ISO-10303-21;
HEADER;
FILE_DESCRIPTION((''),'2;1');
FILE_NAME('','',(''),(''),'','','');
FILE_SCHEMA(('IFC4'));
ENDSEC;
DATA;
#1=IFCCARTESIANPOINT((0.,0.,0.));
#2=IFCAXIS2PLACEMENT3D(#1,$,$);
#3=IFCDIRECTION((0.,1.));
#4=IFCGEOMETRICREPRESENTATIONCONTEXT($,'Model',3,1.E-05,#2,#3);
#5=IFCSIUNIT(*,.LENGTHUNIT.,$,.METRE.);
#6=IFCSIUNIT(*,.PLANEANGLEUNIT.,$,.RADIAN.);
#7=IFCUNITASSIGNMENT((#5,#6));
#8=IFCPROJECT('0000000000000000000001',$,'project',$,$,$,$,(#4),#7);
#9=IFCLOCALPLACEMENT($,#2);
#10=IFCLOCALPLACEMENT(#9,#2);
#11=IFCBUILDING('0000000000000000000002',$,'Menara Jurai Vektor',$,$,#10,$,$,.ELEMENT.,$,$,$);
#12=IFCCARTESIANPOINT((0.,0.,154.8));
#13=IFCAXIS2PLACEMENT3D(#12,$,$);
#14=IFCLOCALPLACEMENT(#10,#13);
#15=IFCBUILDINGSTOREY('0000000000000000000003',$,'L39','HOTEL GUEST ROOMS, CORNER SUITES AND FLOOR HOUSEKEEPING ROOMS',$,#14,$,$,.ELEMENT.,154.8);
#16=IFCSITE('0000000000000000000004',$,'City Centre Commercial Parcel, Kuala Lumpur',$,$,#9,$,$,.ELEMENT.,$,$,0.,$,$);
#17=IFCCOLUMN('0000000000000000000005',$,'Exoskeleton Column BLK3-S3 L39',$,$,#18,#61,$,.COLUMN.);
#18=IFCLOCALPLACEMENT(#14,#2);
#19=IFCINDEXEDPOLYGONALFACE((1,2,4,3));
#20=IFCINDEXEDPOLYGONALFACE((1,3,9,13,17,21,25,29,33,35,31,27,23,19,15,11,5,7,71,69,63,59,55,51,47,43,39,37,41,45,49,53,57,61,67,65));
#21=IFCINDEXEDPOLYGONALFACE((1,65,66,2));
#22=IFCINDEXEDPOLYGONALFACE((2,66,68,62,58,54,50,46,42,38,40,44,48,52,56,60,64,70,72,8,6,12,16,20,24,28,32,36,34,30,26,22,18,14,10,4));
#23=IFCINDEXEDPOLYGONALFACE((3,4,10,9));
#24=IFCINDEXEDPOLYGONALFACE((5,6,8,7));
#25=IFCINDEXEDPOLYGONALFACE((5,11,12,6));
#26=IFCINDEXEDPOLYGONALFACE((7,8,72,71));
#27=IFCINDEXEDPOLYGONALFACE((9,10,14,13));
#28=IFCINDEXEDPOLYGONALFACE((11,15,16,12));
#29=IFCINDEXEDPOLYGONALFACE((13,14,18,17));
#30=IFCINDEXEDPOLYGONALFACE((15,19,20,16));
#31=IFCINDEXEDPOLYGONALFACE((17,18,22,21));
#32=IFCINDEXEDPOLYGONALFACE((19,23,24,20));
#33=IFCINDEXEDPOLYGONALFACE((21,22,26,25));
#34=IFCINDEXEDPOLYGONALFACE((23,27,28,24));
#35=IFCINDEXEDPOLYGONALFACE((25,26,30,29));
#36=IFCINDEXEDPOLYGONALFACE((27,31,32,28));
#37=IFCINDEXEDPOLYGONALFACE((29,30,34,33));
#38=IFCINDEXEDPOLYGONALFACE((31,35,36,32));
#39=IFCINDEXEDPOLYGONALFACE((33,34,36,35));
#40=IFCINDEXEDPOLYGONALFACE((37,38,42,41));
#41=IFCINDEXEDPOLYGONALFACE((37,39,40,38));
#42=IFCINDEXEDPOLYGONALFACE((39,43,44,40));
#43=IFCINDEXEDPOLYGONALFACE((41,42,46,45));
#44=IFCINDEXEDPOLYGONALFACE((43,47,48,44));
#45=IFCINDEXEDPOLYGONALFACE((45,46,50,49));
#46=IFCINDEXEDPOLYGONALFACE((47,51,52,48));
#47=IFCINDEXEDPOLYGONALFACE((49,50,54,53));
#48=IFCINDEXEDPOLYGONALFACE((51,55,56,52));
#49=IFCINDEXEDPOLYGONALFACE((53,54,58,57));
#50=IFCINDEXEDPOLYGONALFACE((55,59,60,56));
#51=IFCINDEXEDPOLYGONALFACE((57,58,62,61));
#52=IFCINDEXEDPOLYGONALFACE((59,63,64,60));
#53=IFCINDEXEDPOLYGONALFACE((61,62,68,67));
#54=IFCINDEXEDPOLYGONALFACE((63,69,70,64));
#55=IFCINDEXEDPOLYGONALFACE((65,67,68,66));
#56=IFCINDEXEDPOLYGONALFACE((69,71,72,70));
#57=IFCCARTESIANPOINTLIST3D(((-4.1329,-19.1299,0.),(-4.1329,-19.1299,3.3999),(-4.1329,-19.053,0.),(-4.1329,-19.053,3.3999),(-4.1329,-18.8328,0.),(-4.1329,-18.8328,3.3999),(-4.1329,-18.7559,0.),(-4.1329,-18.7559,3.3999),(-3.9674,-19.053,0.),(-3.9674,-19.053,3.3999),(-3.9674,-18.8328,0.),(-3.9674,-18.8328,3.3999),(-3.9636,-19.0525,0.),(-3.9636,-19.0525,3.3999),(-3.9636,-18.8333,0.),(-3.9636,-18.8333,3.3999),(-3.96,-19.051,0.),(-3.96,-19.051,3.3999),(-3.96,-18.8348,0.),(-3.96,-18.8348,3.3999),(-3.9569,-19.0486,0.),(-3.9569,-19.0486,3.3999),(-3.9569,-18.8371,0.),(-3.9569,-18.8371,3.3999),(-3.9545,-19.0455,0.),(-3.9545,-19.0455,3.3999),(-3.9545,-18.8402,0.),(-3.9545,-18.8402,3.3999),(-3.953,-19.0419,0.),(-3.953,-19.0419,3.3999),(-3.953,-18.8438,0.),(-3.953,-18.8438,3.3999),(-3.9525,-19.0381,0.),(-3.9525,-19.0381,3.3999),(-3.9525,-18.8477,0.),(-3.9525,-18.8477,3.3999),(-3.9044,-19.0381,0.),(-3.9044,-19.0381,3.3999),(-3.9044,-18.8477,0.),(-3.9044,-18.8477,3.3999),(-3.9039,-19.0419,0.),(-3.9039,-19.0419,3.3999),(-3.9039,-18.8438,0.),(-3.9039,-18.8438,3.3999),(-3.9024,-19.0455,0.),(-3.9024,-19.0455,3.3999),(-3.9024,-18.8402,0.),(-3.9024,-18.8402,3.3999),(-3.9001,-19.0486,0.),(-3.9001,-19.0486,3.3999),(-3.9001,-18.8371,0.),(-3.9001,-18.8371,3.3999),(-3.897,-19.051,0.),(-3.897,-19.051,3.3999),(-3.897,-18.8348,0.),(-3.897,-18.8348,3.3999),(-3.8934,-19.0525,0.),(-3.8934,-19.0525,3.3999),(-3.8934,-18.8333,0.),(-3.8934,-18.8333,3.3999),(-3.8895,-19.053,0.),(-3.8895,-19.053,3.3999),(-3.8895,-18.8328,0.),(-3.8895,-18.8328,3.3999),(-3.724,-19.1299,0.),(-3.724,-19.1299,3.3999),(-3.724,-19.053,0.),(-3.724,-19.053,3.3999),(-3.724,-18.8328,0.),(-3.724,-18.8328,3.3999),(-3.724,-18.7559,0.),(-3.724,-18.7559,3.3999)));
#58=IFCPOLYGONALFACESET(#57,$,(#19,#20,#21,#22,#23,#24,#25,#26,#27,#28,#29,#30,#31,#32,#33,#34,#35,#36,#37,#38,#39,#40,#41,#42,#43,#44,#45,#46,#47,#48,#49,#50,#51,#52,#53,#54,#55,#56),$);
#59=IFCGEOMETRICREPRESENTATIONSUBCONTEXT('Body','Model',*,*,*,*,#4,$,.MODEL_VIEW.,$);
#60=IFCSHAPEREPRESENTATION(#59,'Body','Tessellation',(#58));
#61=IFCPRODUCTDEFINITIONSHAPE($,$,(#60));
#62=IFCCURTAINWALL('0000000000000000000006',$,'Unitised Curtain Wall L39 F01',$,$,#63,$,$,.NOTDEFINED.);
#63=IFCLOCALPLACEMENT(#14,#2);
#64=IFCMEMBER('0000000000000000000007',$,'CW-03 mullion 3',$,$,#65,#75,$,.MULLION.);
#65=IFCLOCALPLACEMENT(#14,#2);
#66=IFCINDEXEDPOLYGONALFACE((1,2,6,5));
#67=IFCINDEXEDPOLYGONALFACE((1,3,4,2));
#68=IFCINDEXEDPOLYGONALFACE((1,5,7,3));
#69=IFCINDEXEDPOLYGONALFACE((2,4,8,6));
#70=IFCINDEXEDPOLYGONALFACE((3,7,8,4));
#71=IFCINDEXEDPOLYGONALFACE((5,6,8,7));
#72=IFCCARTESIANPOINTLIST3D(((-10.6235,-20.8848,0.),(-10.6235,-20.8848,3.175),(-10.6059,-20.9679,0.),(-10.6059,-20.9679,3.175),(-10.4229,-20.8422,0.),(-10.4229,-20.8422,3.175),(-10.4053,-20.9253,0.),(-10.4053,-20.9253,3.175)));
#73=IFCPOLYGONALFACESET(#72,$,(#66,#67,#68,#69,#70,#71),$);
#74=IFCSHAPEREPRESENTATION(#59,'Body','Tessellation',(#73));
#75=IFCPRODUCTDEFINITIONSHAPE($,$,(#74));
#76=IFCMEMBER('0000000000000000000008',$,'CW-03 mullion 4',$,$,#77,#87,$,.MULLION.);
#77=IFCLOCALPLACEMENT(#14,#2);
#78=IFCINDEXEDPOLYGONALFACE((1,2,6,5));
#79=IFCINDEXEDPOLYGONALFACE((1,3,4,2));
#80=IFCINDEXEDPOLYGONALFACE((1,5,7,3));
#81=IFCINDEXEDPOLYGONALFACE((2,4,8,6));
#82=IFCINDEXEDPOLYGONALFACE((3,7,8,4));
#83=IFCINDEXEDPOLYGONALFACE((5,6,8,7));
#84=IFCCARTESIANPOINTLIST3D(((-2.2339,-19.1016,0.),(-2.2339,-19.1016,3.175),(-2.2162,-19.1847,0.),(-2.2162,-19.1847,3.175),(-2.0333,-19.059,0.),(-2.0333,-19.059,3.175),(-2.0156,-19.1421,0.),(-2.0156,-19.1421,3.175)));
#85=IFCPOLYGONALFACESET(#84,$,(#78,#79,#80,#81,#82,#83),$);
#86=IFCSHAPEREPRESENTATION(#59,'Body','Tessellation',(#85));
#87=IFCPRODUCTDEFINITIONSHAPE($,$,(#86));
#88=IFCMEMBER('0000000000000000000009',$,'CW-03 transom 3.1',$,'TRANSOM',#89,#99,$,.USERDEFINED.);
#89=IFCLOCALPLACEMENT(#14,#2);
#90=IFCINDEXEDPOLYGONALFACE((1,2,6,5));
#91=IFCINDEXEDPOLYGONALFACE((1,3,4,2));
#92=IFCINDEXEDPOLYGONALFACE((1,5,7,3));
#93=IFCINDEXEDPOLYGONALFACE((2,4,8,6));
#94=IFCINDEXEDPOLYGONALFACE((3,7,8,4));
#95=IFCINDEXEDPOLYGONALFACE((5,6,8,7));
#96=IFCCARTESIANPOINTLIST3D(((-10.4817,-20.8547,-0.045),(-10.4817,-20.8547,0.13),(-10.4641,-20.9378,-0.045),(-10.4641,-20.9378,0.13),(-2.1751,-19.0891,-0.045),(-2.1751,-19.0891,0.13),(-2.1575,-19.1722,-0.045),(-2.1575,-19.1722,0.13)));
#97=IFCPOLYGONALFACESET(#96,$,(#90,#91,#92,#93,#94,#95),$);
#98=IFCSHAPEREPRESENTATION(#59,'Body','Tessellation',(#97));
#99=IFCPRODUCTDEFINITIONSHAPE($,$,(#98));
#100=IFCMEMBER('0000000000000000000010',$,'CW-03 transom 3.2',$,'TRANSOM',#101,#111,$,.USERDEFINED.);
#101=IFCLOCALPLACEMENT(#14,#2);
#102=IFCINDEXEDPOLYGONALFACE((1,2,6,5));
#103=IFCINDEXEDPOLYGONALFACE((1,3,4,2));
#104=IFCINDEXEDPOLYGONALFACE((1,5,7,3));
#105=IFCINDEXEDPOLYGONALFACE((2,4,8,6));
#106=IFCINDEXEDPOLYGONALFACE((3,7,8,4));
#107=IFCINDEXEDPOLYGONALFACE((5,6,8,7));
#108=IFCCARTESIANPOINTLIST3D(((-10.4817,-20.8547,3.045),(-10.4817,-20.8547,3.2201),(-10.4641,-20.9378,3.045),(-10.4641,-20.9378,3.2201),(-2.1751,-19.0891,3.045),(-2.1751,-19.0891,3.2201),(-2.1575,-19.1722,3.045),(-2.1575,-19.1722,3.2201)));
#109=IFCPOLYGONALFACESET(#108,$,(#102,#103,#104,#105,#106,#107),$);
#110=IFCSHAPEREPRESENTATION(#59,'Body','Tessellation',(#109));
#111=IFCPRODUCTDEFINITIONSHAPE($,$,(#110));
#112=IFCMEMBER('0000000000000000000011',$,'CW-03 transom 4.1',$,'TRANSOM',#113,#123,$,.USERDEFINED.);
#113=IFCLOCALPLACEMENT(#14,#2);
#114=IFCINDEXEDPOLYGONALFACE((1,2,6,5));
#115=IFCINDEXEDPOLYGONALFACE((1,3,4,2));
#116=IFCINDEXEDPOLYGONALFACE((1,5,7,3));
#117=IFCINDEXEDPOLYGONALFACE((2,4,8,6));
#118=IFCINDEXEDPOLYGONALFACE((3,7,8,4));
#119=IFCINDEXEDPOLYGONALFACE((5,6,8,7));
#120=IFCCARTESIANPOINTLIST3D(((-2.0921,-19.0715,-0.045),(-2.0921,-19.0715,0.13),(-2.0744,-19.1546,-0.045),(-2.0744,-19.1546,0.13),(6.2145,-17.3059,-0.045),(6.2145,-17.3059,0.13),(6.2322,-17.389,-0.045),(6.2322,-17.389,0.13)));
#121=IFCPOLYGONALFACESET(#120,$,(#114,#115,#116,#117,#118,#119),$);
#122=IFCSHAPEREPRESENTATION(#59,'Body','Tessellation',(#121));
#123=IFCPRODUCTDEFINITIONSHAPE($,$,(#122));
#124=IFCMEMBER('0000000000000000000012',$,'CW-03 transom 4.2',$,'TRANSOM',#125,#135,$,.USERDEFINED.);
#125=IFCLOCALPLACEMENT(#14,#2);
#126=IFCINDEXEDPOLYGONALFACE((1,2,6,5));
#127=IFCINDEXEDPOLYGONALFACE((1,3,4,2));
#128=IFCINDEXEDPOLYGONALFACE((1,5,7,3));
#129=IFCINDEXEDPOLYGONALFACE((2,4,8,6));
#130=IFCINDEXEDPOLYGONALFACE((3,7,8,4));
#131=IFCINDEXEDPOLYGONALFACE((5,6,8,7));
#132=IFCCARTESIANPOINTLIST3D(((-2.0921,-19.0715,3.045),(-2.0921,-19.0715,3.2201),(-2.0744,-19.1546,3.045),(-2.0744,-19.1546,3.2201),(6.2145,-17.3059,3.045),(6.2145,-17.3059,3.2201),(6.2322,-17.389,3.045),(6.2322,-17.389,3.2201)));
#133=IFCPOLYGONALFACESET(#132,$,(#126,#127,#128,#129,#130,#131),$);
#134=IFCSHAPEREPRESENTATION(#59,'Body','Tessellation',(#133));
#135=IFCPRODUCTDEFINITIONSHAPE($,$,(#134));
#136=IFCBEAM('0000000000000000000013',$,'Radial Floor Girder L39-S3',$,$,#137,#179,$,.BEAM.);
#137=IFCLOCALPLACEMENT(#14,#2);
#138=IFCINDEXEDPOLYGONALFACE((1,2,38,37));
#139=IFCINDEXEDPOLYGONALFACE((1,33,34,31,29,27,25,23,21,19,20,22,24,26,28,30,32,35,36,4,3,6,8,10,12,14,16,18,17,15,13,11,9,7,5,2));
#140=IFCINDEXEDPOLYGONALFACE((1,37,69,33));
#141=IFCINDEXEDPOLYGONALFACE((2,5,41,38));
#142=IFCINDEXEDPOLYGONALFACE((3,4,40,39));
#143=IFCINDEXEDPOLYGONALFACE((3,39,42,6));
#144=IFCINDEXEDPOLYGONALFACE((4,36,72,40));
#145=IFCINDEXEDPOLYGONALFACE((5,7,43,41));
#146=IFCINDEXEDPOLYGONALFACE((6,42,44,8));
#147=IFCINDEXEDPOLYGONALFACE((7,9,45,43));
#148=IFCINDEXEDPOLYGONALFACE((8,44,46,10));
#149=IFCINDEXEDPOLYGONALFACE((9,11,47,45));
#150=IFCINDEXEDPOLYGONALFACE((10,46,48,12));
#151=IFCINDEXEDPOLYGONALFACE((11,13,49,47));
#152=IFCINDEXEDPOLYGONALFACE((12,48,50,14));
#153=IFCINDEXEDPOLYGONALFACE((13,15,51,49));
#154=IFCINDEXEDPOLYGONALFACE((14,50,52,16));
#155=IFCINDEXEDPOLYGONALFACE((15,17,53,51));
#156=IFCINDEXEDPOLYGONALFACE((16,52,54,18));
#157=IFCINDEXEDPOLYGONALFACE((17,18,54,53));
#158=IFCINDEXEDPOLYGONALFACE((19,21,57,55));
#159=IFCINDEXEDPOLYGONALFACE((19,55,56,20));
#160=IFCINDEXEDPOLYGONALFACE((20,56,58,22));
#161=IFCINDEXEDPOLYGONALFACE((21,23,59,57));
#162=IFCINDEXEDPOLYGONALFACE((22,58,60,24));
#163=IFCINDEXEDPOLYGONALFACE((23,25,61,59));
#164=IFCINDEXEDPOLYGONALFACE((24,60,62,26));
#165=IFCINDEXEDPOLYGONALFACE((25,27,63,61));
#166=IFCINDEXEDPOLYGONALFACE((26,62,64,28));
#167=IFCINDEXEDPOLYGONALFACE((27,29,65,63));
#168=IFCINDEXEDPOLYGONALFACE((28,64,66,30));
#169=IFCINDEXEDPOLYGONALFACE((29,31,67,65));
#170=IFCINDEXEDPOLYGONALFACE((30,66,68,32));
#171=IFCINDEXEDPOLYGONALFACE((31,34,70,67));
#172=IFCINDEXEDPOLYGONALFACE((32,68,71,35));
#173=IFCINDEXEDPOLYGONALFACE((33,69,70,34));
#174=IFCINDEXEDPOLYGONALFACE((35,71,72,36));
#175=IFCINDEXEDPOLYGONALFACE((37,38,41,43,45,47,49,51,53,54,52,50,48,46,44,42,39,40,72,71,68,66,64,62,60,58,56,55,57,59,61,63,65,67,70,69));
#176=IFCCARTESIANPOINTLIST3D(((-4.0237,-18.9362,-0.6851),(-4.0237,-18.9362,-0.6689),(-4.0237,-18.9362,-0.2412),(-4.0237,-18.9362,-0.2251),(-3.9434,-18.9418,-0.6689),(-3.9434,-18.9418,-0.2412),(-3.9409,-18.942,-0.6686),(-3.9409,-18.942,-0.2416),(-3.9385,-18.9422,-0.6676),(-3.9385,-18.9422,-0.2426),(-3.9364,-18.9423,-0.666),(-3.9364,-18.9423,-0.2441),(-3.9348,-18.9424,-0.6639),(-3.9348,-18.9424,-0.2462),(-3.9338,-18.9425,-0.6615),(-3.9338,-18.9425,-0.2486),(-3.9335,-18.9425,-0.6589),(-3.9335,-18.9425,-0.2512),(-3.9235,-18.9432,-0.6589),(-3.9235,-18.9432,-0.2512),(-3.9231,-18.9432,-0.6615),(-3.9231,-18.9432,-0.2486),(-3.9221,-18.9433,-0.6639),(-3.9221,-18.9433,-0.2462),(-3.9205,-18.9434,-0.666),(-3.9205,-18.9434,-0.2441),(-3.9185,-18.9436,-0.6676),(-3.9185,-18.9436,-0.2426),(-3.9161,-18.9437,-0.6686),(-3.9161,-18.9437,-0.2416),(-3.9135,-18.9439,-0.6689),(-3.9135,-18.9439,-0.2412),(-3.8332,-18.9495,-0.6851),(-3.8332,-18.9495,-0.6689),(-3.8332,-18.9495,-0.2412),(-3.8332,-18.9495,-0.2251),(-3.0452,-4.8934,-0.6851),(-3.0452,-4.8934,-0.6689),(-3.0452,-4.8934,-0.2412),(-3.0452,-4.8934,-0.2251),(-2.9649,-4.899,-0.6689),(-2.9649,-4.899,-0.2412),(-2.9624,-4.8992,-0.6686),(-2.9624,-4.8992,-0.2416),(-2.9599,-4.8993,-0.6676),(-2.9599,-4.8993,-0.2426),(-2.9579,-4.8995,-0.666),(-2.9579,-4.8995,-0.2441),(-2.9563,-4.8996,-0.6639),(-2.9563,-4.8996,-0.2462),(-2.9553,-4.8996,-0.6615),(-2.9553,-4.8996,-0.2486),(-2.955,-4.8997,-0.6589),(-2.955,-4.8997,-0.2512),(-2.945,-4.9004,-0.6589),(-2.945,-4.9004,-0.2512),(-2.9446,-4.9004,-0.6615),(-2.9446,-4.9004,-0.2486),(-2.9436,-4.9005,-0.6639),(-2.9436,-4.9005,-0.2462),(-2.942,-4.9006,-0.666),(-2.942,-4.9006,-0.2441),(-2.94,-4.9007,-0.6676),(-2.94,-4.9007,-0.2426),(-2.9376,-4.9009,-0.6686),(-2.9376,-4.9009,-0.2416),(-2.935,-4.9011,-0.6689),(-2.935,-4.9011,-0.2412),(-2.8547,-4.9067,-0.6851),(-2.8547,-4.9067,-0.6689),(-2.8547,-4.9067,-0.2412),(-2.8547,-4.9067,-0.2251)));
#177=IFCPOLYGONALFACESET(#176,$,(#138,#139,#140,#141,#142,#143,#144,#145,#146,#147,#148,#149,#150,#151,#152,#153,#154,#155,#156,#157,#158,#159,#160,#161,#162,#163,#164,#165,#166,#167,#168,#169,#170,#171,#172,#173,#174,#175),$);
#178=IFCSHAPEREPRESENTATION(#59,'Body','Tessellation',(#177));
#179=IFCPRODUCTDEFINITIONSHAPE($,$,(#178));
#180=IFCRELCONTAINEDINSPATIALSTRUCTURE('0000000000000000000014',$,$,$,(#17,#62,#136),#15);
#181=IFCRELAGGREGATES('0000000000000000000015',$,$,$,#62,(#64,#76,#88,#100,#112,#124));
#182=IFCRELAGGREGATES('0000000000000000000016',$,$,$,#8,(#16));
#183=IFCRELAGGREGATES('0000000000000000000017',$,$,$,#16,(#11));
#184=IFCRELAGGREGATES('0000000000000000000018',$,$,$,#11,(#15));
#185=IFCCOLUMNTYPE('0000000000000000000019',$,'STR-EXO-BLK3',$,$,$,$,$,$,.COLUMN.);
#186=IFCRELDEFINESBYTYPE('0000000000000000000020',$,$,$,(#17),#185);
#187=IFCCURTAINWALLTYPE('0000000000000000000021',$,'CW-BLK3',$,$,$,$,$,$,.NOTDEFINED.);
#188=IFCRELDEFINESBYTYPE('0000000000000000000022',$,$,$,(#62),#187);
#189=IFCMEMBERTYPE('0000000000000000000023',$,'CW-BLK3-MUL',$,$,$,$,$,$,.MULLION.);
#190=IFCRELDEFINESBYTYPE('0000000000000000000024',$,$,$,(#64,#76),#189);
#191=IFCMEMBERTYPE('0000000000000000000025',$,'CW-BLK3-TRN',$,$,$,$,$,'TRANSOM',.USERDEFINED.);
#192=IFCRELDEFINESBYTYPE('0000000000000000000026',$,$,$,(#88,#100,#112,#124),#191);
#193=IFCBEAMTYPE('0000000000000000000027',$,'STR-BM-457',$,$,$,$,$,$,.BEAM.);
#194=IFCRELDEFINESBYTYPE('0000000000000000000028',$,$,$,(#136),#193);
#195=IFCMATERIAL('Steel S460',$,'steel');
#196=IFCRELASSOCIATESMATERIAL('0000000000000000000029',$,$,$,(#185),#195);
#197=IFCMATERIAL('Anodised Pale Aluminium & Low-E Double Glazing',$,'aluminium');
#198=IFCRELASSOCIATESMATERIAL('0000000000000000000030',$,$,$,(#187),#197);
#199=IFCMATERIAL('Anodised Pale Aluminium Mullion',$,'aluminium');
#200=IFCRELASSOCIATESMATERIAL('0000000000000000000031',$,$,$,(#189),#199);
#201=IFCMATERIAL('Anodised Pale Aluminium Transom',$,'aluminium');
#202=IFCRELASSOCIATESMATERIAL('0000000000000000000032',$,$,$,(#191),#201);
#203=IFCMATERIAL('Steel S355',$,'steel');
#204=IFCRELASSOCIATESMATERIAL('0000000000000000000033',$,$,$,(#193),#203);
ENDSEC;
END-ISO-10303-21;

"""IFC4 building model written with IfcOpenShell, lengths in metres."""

from ifc_helpers import new_model, si_unit, direction, frame, origin, origin_2d, place, context, subcontext, project, spatial, rectangle, i_section, extrude, material, material_profile, profile_set, type_object, element, aggregate, save


model = new_model("IFC4")

# Units and contexts
model_context = context("Model", 3, precision=1e-05, world=origin(), true_north=direction((0.0, 1.0)))
body_context = subcontext(model_context, "Body", "Model", "MODEL_VIEW")
ifc_project = project(units=[si_unit("LENGTHUNIT", "METRE"), si_unit("PLANEANGLEUNIT", "RADIAN")], contexts=[model_context])

# Site, building, storey
site_placement = place(None, origin())
site = spatial("IfcSite", under=ifc_project, at=site_placement, Name="City Centre Commercial Parcel, Kuala Lumpur", CompositionType="ELEMENT", RefElevation=0.0)
building_placement = place(site_placement, origin())
building = spatial("IfcBuilding", under=site, at=building_placement, Name="Menara Jurai Vektor", CompositionType="ELEMENT")
storey_placement = place(building_placement, frame((0.0, 0.0, 154.8)))
storey = spatial("IfcBuildingStorey", under=building, at=storey_placement, Name="L39", Description="HOTEL GUEST ROOMS, CORNER SUITES AND FLOOR HOUSEKEEPING ROOMS", CompositionType="ELEMENT", Elevation=154.8)

# Column
ifc_material_1 = material(Name="Steel S460", Category="steel")
ifc_material_profile_1 = material_profile(ifc_material_1, i_section(OverallWidth=0.4089, OverallDepth=0.374, WebThickness=0.0481, FlangeThickness=0.0769, FilletRadius=0.0149, at=origin_2d()), Name="HD 400x634")
ifc_profile_set_1 = profile_set([ifc_material_profile_1], Name="Steel S460")
column_type = type_object("IfcColumnType", Name="STR-EXO-BLK3", PredefinedType="COLUMN", material=ifc_profile_set_1)
column_placement = place(storey_placement, frame((-3.9285, -18.9429, 0.0), z_axis=(0.0, 0.0, 1.0), x_axis=(1.0, 0.0, 0.0)))
element("IfcColumn", 1, at=column_placement, inside=storey, type_object=column_type, Name="Exoskeleton Column BLK3-S3 L39", PredefinedType="COLUMN", context=body_context, shape_type="SweptSolid", body=[
    extrude(i_section(OverallWidth=0.4089, OverallDepth=0.374, WebThickness=0.0481, FlangeThickness=0.0769, FilletRadius=0.0149, at=origin_2d()), origin(), (0.0, 0.0, 1.0), 3.3999),
])

# Curtain wall, members
ifc_material_2 = material(Name="Anodised Pale Aluminium & Low-E Double Glazing", Category="aluminium")
curtain_wall_type = type_object("IfcCurtainWallType", Name="CW-BLK3", PredefinedType="NOTDEFINED", material=ifc_material_2)
curtain_wall_placement = place(storey_placement, origin())
curtain_wall = element("IfcCurtainWall", 2, at=curtain_wall_placement, inside=storey, type_object=curtain_wall_type, Name="Unitised Curtain Wall L39 F01", PredefinedType="NOTDEFINED")
ifc_material_3 = material(Name="Anodised Pale Aluminium Mullion", Category="aluminium")
ifc_material_profile_2 = material_profile(ifc_material_3, rectangle(XDim=0.085, YDim=0.2051, at=origin_2d()), Name="ALU MUL 85x205")
ifc_profile_set_2 = profile_set([ifc_material_profile_2], Name="Anodised Pale Aluminium Mullion")
member_type_1 = type_object("IfcMemberType", Name="CW-BLK3-MUL", PredefinedType="MULLION", material=ifc_profile_set_2)
member_1_placement = place(storey_placement, frame((-10.5144, -20.905, 0.0), z_axis=(0.0, 0.0, 1.0), x_axis=(-0.207911, 0.978148, 0.0)))
member_1 = element("IfcMember", 3, at=member_1_placement, type_object=member_type_1, Name="CW-03 mullion 3", PredefinedType="MULLION", context=body_context, shape_type="SweptSolid", body=[
    extrude(rectangle(XDim=0.085, YDim=0.2051, at=origin_2d()), origin(), (0.0, 0.0, 1.0), 3.175),
])
member_2_placement = place(storey_placement, frame((-2.1248, -19.1218, 0.0), z_axis=(0.0, 0.0, 1.0), x_axis=(-0.207911, 0.978148, 0.0)))
member_2 = element("IfcMember", 4, at=member_2_placement, type_object=member_type_1, Name="CW-03 mullion 4", PredefinedType="MULLION", context=body_context, shape_type="SweptSolid", body=[
    extrude(rectangle(XDim=0.085, YDim=0.2051, at=origin_2d()), origin(), (0.0, 0.0, 1.0), 3.175),
])
ifc_material_4 = material(Name="Anodised Pale Aluminium Transom", Category="aluminium")
ifc_material_profile_3 = material_profile(ifc_material_4, rectangle(XDim=0.085, YDim=0.175, at=origin_2d()), Name="ALU TRN 85x175")
ifc_profile_set_3 = profile_set([ifc_material_profile_3], Name="Anodised Pale Aluminium Transom")
member_type_2 = type_object("IfcMemberType", Name="CW-BLK3-TRN", ElementType="TRANSOM", PredefinedType="USERDEFINED", material=ifc_profile_set_3)
member_3_placement = place(storey_placement, frame((-10.4729, -20.8962, 0.0425), z_axis=(0.978148, 0.207911, 0.0), x_axis=(-0.207911, 0.978148, 0.0)))
member_3 = element("IfcMember", 5, at=member_3_placement, type_object=member_type_2, Name="CW-03 transom 3.1", ObjectType="TRANSOM", PredefinedType="USERDEFINED", context=body_context, shape_type="SweptSolid", body=[
    extrude(rectangle(XDim=0.085, YDim=0.175, at=origin_2d()), origin(), (0.0, 0.0, 1.0), 8.4922),
])
member_4_placement = place(storey_placement, frame((-10.4729, -20.8962, 3.1326), z_axis=(0.978148, 0.207911, 0.0), x_axis=(-0.207911, 0.978148, 0.0)))
member_4 = element("IfcMember", 6, at=member_4_placement, type_object=member_type_2, Name="CW-03 transom 3.2", ObjectType="TRANSOM", PredefinedType="USERDEFINED", context=body_context, shape_type="SweptSolid", body=[
    extrude(rectangle(XDim=0.085, YDim=0.175, at=origin_2d()), origin(), (0.0, 0.0, 1.0), 8.4922),
])
member_5_placement = place(storey_placement, frame((-2.0833, -19.113, 0.0425), z_axis=(0.978148, 0.207911, 0.0), x_axis=(-0.207911, 0.978148, 0.0)))
member_5 = element("IfcMember", 7, at=member_5_placement, type_object=member_type_2, Name="CW-03 transom 4.1", ObjectType="TRANSOM", PredefinedType="USERDEFINED", context=body_context, shape_type="SweptSolid", body=[
    extrude(rectangle(XDim=0.085, YDim=0.175, at=origin_2d()), origin(), (0.0, 0.0, 1.0), 8.4922),
])
member_6_placement = place(storey_placement, frame((-2.0833, -19.113, 3.1326), z_axis=(0.978148, 0.207911, 0.0), x_axis=(-0.207911, 0.978148, 0.0)))
member_6 = element("IfcMember", 8, at=member_6_placement, type_object=member_type_2, Name="CW-03 transom 4.2", ObjectType="TRANSOM", PredefinedType="USERDEFINED", context=body_context, shape_type="SweptSolid", body=[
    extrude(rectangle(XDim=0.085, YDim=0.175, at=origin_2d()), origin(), (0.0, 0.0, 1.0), 8.4922),
])

# Beam
ifc_material_5 = material(Name="Steel S355", Category="steel")
ifc_material_profile_4 = material_profile(ifc_material_5, i_section(OverallWidth=0.1909, OverallDepth=0.46, WebThickness=0.01, FlangeThickness=0.0161, FilletRadius=0.01, at=origin_2d()), Name="UKB 457x191x82")
ifc_profile_set_4 = profile_set([ifc_material_profile_4], Name="Steel S355")
beam_type_1 = type_object("IfcBeamType", Name="STR-BM-457", PredefinedType="BEAM", material=ifc_profile_set_4)
beam_1_placement = place(storey_placement, frame((-3.9285, -18.9429, -0.4551), z_axis=(0.069512, 0.997581, 0.0), x_axis=(-0.997581, 0.069512, 0.0)))
element("IfcBeam", 9, at=beam_1_placement, inside=storey, type_object=beam_type_1, Name="Radial Floor Girder L39-S3", PredefinedType="BEAM", context=body_context, shape_type="SweptSolid", body=[
    extrude(i_section(OverallWidth=0.1909, OverallDepth=0.46, WebThickness=0.01, FlangeThickness=0.0161, FilletRadius=0.01, at=origin_2d()), origin(), (0.0, 0.0, 1.0), 14.0769),
])

aggregate(curtain_wall, [member_1, member_2, member_3, member_4, member_5, member_6])

save(model, "model.ifc")
